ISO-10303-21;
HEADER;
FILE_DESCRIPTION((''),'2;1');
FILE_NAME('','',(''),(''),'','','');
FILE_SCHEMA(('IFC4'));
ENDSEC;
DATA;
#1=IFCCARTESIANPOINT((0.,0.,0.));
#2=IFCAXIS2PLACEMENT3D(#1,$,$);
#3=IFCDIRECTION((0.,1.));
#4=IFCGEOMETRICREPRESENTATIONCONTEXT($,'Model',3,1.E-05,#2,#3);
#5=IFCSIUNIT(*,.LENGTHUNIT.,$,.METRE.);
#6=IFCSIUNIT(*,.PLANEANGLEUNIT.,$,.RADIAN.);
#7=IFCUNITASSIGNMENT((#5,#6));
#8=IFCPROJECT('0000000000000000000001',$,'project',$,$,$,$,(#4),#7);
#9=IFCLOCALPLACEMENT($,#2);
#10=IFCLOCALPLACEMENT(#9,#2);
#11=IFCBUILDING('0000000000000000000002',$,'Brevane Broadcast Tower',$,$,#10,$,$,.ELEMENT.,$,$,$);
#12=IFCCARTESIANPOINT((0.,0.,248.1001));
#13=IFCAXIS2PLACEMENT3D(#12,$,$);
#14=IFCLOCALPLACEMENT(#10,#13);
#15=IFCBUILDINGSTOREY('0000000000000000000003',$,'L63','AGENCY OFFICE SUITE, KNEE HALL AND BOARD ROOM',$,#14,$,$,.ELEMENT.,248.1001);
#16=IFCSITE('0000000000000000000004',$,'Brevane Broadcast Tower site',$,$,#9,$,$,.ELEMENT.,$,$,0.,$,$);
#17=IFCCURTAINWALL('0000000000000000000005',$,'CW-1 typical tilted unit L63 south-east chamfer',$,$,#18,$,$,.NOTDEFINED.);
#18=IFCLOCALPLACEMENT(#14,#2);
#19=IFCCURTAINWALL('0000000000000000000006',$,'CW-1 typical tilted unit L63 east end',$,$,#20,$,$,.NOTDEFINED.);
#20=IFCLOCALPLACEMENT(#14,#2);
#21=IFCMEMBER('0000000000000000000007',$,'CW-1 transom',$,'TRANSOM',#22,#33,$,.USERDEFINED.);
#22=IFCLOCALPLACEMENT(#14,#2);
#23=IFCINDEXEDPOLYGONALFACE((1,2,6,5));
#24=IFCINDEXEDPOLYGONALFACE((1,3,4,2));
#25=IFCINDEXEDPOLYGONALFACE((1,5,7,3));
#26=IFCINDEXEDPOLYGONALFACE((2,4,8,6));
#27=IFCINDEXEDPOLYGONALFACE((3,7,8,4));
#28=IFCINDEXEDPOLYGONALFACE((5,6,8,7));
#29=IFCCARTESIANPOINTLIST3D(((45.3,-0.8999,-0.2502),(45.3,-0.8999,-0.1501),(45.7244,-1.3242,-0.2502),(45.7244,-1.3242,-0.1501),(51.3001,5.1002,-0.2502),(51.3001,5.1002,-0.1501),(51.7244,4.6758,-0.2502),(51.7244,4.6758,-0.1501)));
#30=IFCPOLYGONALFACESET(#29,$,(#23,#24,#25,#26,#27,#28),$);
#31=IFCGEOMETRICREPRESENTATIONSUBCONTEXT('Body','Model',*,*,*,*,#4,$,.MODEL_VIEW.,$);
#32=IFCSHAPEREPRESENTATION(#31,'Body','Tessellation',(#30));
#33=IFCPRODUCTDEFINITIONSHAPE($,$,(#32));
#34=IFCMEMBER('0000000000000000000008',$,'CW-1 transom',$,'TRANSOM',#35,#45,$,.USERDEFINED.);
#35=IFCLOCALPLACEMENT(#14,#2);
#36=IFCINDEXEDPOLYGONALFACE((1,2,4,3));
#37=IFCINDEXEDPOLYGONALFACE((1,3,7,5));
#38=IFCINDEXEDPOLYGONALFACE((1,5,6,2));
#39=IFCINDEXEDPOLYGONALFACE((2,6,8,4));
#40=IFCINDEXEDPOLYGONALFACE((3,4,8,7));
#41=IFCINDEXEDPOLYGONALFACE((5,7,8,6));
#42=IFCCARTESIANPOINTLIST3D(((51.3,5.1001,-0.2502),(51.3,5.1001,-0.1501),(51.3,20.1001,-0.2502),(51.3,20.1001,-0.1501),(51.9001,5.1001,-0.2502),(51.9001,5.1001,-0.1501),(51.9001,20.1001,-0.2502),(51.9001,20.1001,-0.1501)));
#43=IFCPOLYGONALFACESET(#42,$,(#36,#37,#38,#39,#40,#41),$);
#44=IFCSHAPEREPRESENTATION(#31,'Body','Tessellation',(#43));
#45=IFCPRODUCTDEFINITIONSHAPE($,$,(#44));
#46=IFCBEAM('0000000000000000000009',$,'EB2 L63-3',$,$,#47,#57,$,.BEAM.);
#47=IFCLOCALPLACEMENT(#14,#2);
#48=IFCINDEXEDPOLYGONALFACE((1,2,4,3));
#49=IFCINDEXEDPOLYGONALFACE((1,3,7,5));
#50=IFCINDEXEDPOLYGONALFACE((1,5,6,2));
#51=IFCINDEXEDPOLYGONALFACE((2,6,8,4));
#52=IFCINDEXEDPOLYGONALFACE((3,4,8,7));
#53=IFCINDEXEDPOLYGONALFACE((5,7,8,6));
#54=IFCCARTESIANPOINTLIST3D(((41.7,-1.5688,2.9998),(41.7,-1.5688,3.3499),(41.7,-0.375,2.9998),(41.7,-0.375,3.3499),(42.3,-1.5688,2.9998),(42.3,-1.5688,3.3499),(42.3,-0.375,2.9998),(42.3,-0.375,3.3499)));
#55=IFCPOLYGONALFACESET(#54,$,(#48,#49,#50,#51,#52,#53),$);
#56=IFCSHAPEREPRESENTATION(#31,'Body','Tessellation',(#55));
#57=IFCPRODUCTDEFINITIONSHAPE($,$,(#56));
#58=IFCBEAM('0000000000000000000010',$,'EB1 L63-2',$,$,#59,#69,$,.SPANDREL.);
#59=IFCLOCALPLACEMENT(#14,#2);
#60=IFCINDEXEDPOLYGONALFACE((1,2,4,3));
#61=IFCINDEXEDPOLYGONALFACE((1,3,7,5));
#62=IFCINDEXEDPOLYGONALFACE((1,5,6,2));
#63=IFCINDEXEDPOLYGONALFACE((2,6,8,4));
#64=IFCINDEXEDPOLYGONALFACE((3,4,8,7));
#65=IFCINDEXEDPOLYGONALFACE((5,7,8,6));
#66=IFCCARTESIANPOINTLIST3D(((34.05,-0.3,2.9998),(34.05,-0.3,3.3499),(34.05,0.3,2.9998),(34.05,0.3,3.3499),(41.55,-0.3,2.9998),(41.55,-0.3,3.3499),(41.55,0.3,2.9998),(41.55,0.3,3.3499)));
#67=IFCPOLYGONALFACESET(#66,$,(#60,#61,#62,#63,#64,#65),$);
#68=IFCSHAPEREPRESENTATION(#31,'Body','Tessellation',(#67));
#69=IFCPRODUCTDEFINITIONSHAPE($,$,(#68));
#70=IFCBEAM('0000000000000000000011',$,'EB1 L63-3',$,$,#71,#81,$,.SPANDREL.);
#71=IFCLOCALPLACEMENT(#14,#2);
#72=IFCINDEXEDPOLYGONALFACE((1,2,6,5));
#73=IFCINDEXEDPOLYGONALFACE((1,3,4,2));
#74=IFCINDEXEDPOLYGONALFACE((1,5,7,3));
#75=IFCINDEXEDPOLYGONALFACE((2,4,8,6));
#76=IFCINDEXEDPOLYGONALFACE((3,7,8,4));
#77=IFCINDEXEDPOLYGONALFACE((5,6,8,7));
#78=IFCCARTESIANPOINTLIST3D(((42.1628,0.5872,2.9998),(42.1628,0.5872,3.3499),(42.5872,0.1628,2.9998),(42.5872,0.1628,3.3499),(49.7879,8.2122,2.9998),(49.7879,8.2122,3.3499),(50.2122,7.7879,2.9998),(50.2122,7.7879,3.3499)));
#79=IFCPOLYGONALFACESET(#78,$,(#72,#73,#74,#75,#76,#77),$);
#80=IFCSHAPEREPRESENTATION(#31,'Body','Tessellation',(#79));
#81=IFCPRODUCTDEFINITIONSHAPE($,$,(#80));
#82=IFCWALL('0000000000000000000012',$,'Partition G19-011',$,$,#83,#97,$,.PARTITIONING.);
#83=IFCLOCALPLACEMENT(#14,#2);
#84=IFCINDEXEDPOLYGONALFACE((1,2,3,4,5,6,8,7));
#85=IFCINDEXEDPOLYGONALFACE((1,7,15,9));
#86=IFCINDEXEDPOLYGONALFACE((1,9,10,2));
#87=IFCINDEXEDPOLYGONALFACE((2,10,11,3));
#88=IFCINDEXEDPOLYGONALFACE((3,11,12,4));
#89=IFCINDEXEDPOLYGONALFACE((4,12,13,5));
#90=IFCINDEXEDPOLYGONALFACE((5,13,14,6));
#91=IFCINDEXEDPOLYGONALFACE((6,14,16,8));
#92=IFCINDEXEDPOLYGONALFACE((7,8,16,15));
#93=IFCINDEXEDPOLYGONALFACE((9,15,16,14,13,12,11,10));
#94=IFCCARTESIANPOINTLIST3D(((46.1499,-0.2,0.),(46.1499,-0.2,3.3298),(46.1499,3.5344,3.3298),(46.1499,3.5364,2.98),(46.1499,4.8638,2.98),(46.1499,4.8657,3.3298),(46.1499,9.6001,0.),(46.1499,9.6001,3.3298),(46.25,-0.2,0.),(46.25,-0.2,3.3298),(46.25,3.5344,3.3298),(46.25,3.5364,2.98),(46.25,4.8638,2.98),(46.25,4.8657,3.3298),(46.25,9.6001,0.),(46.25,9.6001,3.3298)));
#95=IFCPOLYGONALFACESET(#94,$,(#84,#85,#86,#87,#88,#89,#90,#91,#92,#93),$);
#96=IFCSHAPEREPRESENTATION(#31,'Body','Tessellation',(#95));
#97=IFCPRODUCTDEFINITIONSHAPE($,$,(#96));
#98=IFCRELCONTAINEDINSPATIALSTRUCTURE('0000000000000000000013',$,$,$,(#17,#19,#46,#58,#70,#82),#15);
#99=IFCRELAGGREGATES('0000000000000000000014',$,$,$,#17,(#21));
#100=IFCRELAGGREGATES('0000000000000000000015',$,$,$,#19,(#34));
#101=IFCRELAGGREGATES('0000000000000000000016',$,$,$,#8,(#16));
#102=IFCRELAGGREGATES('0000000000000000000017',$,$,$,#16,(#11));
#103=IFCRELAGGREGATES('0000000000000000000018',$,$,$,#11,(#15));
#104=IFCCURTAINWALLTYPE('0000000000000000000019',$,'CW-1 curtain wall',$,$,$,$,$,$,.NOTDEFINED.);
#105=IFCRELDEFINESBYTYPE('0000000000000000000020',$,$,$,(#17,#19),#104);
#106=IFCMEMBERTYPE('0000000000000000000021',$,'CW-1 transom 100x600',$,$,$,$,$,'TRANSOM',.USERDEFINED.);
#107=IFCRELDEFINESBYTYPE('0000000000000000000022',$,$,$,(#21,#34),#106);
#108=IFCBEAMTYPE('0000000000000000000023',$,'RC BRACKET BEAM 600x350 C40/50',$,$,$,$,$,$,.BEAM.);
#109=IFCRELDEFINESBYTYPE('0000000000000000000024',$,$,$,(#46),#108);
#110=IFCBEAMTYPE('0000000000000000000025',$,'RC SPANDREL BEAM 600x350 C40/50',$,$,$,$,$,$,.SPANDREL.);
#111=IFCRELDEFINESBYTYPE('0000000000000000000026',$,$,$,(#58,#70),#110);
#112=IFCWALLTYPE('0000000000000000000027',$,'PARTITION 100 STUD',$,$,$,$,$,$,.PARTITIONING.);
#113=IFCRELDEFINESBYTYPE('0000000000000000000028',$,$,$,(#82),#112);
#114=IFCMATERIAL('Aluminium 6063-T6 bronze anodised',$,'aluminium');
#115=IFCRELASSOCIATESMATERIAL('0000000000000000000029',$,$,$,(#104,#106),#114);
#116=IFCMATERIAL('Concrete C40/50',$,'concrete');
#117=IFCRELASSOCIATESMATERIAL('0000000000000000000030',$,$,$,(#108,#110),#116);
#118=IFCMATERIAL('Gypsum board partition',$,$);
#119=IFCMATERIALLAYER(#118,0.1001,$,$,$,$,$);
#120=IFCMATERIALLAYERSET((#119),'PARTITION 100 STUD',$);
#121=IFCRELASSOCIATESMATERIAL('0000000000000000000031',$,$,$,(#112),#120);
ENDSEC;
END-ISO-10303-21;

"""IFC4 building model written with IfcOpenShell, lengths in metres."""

from ifc_helpers import new_model, si_unit, direction, frame, origin, origin_2d, place, context, subcontext, project, spatial, polyline, rectangle, outline, extrude, material, layer, layer_set, material_profile, profile_set, type_object, element, aggregate, save


model = new_model("IFC4")

# Units and contexts
model_context = context("Model", 3, precision=1e-05, world=origin(), true_north=direction((0.0, 1.0)))
body_context = subcontext(model_context, "Body", "Model", "MODEL_VIEW")
ifc_project = project(units=[si_unit("LENGTHUNIT", "METRE"), si_unit("PLANEANGLEUNIT", "RADIAN")], contexts=[model_context])

# Site, building, storey
site_placement = place(None, origin())
site = spatial("IfcSite", under=ifc_project, at=site_placement, Name="Brevane Broadcast Tower site", CompositionType="ELEMENT", RefElevation=0.0)
building_placement = place(site_placement, origin())
building = spatial("IfcBuilding", under=site, at=building_placement, Name="Brevane Broadcast Tower", CompositionType="ELEMENT")
storey_placement = place(building_placement, frame((0.0, 0.0, 248.1001)))
storey = spatial("IfcBuildingStorey", under=building, at=storey_placement, Name="L63", Description="AGENCY OFFICE SUITE, KNEE HALL AND BOARD ROOM", CompositionType="ELEMENT", Elevation=248.1001)

# Curtain wall
ifc_material_1 = material(Name="Aluminium 6063-T6 bronze anodised", Category="aluminium")
curtain_wall_type = type_object("IfcCurtainWallType", Name="CW-1 curtain wall", PredefinedType="NOTDEFINED", material=ifc_material_1)
curtain_wall_1_placement = place(storey_placement, origin())
curtain_wall_1 = element("IfcCurtainWall", 1, at=curtain_wall_1_placement, inside=storey, type_object=curtain_wall_type, Name="CW-1 typical tilted unit L63 south-east chamfer", PredefinedType="NOTDEFINED")

# Curtain wall
curtain_wall_2_placement = place(storey_placement, origin())
curtain_wall_2 = element("IfcCurtainWall", 2, at=curtain_wall_2_placement, inside=storey, type_object=curtain_wall_type, Name="CW-1 typical tilted unit L63 east end", PredefinedType="NOTDEFINED")

# Members
ifc_material_profile_1 = material_profile(ifc_material_1, rectangle(XDim=0.6001, YDim=0.1001, at=origin_2d()), Name="RECT 100x600")
ifc_profile_set_1 = profile_set([ifc_material_profile_1], Name="Aluminium 6063-T6 bronze anodised")
member_type_1 = type_object("IfcMemberType", Name="CW-1 transom 100x600", ElementType="TRANSOM", PredefinedType="USERDEFINED", material=ifc_profile_set_1)
member_1_placement = place(storey_placement, frame((45.5122, -1.1121, -0.2002), z_axis=(0.707107, 0.707107, 0.0), x_axis=(-0.707107, 0.707107, 0.0)))
member_1 = element("IfcMember", 3, at=member_1_placement, type_object=member_type_1, Name="CW-1 transom", ObjectType="TRANSOM", PredefinedType="USERDEFINED", context=body_context, shape_type="SweptSolid", body=[
    extrude(rectangle(XDim=0.6001, YDim=0.1001, at=origin_2d()), origin(), (0.0, 0.0, 1.0), 8.4854),
])
aggregate(curtain_wall_1, [member_1])
member_2_placement = place(storey_placement, frame((51.6001, 5.1001, -0.2002), z_axis=(0.0, 1.0, 0.0), x_axis=(-1.0, 0.0, 0.0)))
member_2 = element("IfcMember", 4, at=member_2_placement, type_object=member_type_1, Name="CW-1 transom", ObjectType="TRANSOM", PredefinedType="USERDEFINED", context=body_context, shape_type="SweptSolid", body=[
    extrude(rectangle(XDim=0.6001, YDim=0.1001, at=origin_2d()), origin(), (0.0, 0.0, 1.0), 15.0),
])
aggregate(curtain_wall_2, [member_2])

# Beams
ifc_material_2 = material(Name="Concrete C40/50", Category="concrete")
ifc_material_profile_2 = material_profile(ifc_material_2, rectangle(XDim=0.6001, YDim=0.3501, at=origin_2d()), Name="RC 600x350")
ifc_profile_set_2 = profile_set([ifc_material_profile_2], Name="Concrete C40/50")
beam_type_1 = type_object("IfcBeamType", Name="RC BRACKET BEAM 600x350 C40/50", PredefinedType="BEAM", material=ifc_profile_set_2)
beam_1_placement = place(storey_placement, frame((42.0, -0.375, 3.1748), z_axis=(0.0, -1.0, 0.0), x_axis=(1.0, 0.0, 0.0)))
element("IfcBeam", 5, at=beam_1_placement, inside=storey, type_object=beam_type_1, Name="EB2 L63-3", PredefinedType="BEAM", context=body_context, shape_type="SweptSolid", body=[
    extrude(rectangle(XDim=0.6001, YDim=0.3501, at=origin_2d()), origin(), (0.0, 0.0, 1.0), 1.1938),
])
ifc_material_profile_3 = material_profile(ifc_material_2, rectangle(XDim=0.6001, YDim=0.3501, at=origin_2d()), Name="RC 600x350")
ifc_profile_set_3 = profile_set([ifc_material_profile_3], Name="Concrete C40/50")
beam_type_2 = type_object("IfcBeamType", Name="RC SPANDREL BEAM 600x350 C40/50", PredefinedType="SPANDREL", material=ifc_profile_set_3)
beam_2_placement = place(storey_placement, frame((34.05, 0.0, 3.1748), z_axis=(1.0, 0.0, 0.0), x_axis=(0.0, 1.0, 0.0)))
element("IfcBeam", 6, at=beam_2_placement, inside=storey, type_object=beam_type_2, Name="EB1 L63-2", PredefinedType="SPANDREL", context=body_context, shape_type="SweptSolid", body=[
    extrude(rectangle(XDim=0.6001, YDim=0.3501, at=origin_2d()), origin(), (0.0, 0.0, 1.0), 7.5),
])
beam_3_placement = place(storey_placement, frame((42.375, 0.375, 3.1748), z_axis=(0.707107, 0.707107, 0.0), x_axis=(-0.707107, 0.707107, 0.0)))
element("IfcBeam", 7, at=beam_3_placement, inside=storey, type_object=beam_type_2, Name="EB1 L63-3", PredefinedType="SPANDREL", context=body_context, shape_type="SweptSolid", body=[
    extrude(rectangle(XDim=0.6001, YDim=0.3501, at=origin_2d()), origin(), (0.0, 0.0, 1.0), 10.7834),
])

# Wall
ifc_material_3 = material(Name="Gypsum board partition")
ifc_layer = layer(ifc_material_3, 0.1001)
ifc_layer_set = layer_set([ifc_layer], Name="PARTITION 100 STUD")
wall_type = type_object("IfcWallType", Name="PARTITION 100 STUD", PredefinedType="PARTITIONING", material=ifc_layer_set)
wall_placement = place(storey_placement, frame((46.2, -0.2, 0.0), z_axis=(0.0, 0.0, 1.0), x_axis=(0.0, 1.0, 0.0)))
element("IfcWall", 8, at=wall_placement, inside=storey, type_object=wall_type, Name="Partition G19-011", PredefinedType="PARTITIONING", context=body_context, shape_type="SweptSolid", body=[
    extrude(outline(polyline([(0.0, 0.0), (9.8, 0.0), (9.8, 3.3298), (5.0657, 3.3298), (5.0637, 2.98), (3.7363, 2.98), (3.7344, 3.3298), (0.0, 3.3298), (0.0, 0.0)])), frame((0.0, 0.05, 0.0), z_axis=(0.0, -1.0, 0.0), x_axis=(1.0, 0.0, 0.0)), (0.0, 0.0, 1.0), 0.1001),
])

save(model, "model.ifc")
